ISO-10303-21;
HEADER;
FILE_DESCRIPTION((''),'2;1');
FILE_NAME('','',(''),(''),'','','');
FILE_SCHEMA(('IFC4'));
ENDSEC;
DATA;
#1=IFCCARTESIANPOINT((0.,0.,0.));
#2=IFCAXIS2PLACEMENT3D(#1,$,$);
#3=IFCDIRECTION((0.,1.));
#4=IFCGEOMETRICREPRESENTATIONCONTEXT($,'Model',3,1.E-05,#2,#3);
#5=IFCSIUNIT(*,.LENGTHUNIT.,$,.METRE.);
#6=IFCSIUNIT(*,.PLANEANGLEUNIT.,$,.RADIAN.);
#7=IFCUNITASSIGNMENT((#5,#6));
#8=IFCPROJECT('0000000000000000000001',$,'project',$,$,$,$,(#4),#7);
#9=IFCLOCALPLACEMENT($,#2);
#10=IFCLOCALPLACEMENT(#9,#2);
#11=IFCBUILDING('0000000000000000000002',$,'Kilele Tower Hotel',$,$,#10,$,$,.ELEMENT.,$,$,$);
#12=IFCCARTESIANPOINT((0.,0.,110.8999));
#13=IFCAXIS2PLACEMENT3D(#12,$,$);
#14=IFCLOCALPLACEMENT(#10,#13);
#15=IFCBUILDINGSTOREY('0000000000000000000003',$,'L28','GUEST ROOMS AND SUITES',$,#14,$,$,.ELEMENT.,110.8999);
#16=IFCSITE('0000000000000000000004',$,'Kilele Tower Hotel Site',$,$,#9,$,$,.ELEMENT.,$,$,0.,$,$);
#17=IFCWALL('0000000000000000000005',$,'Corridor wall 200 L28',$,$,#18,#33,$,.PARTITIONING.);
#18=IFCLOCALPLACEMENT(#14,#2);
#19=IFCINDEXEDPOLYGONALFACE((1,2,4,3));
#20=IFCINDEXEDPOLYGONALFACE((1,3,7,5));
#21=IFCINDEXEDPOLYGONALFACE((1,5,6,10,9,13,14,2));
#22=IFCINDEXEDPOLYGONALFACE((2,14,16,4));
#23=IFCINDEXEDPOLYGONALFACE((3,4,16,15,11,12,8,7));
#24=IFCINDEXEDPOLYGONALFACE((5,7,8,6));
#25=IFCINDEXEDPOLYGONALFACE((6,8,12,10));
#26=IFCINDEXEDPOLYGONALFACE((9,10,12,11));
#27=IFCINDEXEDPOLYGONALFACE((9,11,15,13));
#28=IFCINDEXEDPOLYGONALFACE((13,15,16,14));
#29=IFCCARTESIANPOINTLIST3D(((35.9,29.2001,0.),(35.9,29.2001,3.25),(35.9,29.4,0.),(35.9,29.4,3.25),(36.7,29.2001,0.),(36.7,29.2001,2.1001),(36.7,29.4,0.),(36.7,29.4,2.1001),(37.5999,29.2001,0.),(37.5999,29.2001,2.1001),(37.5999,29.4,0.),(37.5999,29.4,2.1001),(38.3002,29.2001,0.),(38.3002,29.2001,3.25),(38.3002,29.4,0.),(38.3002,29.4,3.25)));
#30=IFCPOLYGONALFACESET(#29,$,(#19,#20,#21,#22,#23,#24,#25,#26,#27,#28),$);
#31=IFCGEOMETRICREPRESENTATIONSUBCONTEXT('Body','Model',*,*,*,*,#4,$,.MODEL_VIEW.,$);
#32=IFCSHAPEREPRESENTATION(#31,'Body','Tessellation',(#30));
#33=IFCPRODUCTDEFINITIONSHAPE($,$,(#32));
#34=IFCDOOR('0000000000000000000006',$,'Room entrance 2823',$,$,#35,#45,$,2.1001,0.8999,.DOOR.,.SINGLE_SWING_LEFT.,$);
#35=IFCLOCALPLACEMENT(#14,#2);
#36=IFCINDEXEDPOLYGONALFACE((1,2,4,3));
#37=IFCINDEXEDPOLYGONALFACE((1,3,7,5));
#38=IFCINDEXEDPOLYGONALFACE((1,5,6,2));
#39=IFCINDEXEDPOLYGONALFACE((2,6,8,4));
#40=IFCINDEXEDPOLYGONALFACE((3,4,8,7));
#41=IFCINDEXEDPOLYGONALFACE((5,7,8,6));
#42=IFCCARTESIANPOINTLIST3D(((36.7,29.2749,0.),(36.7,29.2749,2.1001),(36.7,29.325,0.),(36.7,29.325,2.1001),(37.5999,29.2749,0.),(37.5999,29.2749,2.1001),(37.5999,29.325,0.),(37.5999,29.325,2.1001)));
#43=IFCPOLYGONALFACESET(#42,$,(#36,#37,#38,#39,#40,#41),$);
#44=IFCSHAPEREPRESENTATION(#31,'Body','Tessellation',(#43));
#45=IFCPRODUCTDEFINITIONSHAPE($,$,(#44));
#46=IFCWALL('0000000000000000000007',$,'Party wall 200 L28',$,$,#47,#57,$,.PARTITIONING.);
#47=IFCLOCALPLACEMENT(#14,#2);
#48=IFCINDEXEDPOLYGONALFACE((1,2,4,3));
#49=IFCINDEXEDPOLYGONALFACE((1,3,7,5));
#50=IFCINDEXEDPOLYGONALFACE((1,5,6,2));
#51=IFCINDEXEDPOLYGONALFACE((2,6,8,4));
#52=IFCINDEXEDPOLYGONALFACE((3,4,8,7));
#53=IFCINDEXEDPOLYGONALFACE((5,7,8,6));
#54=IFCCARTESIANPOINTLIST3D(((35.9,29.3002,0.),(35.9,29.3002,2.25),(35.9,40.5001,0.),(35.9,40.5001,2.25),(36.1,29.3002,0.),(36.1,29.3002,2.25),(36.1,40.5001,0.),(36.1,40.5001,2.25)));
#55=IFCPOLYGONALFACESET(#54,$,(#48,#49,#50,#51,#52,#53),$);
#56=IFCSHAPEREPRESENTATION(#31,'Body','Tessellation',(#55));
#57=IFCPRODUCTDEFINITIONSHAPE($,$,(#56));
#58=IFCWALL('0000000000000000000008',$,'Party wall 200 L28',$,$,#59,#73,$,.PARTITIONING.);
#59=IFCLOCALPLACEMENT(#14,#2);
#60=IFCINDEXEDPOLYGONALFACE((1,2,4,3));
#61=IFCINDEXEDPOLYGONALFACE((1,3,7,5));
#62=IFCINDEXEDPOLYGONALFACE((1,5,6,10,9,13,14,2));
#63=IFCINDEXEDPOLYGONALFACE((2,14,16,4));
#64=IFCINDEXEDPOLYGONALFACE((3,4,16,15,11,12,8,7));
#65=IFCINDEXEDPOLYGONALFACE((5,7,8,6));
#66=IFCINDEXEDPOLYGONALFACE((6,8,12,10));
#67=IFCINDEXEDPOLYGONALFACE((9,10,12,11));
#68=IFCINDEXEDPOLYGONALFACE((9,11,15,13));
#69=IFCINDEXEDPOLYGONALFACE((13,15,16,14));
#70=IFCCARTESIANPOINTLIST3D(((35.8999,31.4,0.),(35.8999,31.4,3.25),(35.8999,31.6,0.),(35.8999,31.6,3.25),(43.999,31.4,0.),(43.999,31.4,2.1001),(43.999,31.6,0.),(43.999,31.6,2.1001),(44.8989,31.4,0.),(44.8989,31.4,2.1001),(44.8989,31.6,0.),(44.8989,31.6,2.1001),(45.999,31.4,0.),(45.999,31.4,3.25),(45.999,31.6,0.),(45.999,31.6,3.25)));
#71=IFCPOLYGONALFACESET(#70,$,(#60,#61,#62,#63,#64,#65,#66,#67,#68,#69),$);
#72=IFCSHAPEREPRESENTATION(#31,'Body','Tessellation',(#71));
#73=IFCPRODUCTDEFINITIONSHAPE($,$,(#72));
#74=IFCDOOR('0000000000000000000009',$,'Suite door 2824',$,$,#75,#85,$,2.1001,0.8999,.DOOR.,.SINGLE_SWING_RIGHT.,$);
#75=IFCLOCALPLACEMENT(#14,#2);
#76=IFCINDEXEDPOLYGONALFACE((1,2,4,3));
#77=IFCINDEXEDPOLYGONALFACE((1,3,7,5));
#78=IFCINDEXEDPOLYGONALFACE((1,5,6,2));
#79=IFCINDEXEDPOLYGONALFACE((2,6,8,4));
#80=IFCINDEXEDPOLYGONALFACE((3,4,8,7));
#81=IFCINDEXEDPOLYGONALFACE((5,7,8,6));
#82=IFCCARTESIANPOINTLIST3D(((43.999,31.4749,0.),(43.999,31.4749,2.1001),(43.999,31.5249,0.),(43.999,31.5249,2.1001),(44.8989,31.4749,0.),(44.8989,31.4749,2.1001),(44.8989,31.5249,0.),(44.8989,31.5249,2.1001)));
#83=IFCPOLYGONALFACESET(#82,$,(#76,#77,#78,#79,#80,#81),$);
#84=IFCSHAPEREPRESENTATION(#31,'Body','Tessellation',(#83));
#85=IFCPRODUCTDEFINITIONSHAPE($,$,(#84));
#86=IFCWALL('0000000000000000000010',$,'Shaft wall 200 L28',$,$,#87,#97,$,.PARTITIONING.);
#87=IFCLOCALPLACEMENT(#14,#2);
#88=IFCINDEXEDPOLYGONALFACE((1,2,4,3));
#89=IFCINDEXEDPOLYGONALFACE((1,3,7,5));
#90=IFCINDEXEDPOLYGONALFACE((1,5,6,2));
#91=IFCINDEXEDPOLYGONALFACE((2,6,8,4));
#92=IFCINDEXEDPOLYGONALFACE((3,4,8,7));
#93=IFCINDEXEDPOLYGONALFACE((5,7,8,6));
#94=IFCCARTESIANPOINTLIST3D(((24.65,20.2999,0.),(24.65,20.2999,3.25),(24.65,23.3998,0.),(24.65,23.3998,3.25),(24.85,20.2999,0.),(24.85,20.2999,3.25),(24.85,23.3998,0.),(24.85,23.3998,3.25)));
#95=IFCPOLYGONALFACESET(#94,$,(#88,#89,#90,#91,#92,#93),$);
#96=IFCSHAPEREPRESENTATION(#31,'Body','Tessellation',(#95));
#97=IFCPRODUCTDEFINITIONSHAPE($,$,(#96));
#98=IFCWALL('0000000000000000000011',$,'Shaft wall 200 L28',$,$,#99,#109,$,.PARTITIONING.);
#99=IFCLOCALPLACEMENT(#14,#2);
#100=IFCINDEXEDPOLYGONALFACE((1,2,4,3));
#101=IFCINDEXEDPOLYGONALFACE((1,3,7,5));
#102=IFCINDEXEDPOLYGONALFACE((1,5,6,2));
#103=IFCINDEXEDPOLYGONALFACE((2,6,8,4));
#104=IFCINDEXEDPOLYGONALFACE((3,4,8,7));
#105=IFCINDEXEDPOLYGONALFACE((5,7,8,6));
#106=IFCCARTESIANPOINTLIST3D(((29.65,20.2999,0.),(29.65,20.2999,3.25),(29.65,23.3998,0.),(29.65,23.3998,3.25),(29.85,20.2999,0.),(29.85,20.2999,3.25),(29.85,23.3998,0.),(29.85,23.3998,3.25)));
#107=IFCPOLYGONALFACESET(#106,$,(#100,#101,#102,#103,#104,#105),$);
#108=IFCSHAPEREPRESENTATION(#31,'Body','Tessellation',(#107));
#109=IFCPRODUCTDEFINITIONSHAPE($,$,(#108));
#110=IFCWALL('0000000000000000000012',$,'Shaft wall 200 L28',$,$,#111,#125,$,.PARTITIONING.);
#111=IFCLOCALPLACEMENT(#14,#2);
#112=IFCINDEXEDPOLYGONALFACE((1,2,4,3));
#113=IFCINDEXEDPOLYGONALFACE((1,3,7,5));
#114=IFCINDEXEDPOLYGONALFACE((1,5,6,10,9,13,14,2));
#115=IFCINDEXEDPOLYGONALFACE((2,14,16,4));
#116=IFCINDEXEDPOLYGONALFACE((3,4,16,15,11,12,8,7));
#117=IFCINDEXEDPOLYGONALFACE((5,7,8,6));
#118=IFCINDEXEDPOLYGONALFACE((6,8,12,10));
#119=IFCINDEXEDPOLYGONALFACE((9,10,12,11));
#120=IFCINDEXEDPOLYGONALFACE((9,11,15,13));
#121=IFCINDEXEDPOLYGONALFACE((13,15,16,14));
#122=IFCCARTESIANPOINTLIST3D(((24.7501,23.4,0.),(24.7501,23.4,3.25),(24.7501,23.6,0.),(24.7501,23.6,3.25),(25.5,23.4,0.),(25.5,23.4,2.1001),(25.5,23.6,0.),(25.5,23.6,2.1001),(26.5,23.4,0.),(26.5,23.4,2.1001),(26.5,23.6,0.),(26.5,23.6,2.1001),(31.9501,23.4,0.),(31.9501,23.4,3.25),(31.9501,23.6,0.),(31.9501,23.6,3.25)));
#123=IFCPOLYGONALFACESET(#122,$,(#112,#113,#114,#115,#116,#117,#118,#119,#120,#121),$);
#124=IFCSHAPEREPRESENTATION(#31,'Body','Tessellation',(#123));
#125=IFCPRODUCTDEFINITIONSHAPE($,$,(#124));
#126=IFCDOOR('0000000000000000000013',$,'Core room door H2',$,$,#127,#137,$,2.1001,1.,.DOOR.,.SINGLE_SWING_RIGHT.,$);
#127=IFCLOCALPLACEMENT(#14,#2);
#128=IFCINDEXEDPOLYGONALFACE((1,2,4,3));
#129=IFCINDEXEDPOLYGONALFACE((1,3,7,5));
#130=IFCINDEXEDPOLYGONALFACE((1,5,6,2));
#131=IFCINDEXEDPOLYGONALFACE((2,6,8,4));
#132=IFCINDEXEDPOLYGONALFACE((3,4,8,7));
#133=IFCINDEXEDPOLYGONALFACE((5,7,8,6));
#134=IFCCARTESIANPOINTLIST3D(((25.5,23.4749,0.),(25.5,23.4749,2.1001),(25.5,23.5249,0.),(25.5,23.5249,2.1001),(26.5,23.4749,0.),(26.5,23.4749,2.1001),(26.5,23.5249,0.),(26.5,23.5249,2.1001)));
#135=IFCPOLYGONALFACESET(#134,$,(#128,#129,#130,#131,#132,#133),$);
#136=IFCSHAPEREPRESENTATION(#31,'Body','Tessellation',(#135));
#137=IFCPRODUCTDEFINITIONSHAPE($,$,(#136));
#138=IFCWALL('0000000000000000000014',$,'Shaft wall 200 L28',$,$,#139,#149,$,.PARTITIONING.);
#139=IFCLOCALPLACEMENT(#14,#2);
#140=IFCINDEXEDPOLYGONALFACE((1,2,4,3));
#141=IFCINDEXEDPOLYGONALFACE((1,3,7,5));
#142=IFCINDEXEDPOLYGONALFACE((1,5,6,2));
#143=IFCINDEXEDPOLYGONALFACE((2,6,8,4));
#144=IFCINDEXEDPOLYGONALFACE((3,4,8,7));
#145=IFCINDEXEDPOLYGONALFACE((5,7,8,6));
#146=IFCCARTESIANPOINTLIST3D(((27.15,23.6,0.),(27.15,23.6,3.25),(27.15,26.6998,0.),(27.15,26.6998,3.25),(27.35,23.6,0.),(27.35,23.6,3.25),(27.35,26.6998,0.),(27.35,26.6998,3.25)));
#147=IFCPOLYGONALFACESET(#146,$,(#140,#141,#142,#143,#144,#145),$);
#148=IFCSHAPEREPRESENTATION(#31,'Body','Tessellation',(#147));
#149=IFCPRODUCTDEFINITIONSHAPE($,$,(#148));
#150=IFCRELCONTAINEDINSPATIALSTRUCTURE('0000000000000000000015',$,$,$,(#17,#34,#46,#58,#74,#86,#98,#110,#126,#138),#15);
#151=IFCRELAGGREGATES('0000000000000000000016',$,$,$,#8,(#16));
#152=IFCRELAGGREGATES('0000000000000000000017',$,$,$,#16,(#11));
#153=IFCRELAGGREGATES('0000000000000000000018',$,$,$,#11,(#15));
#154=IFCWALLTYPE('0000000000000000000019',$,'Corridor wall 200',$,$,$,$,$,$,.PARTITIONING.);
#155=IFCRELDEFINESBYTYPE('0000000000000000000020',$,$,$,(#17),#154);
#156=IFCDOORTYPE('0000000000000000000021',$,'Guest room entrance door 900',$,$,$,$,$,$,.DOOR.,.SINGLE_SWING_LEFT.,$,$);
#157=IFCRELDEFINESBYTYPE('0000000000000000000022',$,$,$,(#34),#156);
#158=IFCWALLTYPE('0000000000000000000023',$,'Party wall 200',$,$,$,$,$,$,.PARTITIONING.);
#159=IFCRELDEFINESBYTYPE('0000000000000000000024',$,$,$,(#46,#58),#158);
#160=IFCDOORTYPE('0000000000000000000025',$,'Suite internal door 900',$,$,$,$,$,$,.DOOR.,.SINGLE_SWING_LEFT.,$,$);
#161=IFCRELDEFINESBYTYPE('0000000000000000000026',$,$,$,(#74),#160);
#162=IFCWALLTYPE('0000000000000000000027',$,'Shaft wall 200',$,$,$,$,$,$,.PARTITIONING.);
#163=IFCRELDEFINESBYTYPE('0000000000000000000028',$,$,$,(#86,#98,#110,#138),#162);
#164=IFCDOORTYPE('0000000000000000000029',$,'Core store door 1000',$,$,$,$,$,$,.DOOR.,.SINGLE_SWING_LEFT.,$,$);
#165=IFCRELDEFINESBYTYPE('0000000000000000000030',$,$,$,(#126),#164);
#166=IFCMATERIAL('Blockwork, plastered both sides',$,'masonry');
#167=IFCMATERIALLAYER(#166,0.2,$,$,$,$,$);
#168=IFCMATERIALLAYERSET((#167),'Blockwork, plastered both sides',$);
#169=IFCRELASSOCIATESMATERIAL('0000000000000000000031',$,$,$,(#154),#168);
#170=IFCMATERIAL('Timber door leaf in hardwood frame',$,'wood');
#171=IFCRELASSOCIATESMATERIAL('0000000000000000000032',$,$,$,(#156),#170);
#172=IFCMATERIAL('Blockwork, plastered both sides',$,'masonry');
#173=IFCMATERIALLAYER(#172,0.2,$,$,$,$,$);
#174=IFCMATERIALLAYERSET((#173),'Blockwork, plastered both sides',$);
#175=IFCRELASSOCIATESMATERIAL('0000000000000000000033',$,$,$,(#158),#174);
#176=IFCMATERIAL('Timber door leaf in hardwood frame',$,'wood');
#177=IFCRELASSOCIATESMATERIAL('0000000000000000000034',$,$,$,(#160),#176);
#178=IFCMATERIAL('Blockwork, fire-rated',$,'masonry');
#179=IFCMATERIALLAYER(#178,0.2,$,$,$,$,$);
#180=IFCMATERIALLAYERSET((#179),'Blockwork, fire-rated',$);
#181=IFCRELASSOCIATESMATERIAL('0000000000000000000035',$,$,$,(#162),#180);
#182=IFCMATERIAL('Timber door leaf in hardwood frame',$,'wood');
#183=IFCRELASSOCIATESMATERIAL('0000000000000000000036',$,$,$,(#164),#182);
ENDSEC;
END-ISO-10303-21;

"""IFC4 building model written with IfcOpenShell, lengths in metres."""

from ifc_helpers import new_model, si_unit, direction, frame, frame_2d, origin, place, context, subcontext, project, spatial, rectangle, extrude, material, layer, layer_set, type_object, element, fill, save


model = new_model("IFC4")

# Units and contexts
model_context = context("Model", 3, precision=1e-05, world=origin(), true_north=direction((0.0, 1.0)))
body_context = subcontext(model_context, "Body", "Model", "MODEL_VIEW")
ifc_project = project(units=[si_unit("LENGTHUNIT", "METRE"), si_unit("PLANEANGLEUNIT", "RADIAN")], contexts=[model_context])

# Site, building, storey
site_placement = place(None, origin())
site = spatial("IfcSite", under=ifc_project, at=site_placement, Name="Kilele Tower Hotel Site", CompositionType="ELEMENT", RefElevation=0.0)
building_placement = place(site_placement, origin())
building = spatial("IfcBuilding", under=site, at=building_placement, Name="Kilele Tower Hotel", CompositionType="ELEMENT")
storey_placement = place(building_placement, frame((0.0, 0.0, 110.8999)))
storey = spatial("IfcBuildingStorey", under=building, at=storey_placement, Name="L28", Description="GUEST ROOMS AND SUITES", CompositionType="ELEMENT", Elevation=110.8999)

# Wall, opening, door
ifc_material_1 = material(Name="Blockwork, plastered both sides", Category="masonry")
ifc_layer_1 = layer(ifc_material_1, 0.2)
ifc_layer_set_1 = layer_set([ifc_layer_1], Name="Blockwork, plastered both sides")
wall_type_1 = type_object("IfcWallType", Name="Corridor wall 200", PredefinedType="PARTITIONING", material=ifc_layer_set_1)
wall_1_placement = place(storey_placement, frame((35.8999, 29.3, 0.0), z_axis=(0.0, 0.0, 1.0), x_axis=(1.0, 0.0, 0.0)))
wall_1 = element("IfcWall", 1, at=wall_1_placement, inside=storey, type_object=wall_type_1, Name="Corridor wall 200 L28", PredefinedType="PARTITIONING", context=body_context, shape_type="SweptSolid", body=[
    extrude(rectangle(XDim=2.4001, YDim=0.2, at=frame_2d((1.2002, 0.0))), origin(), (0.0, 0.0, 1.0), 3.25),
])
opening_1_placement = place(wall_1_placement, frame((0.8, 0.0, 0.0)))
opening_1 = element("IfcOpeningElement", 2, at=opening_1_placement, cuts=wall_1, PredefinedType="OPENING", context=body_context, shape_type="SweptSolid", body=[
    extrude(rectangle(XDim=0.8999, YDim=2.1001, at=frame_2d((0.45, 1.05))), frame((0.0, 0.1099, 0.0), z_axis=(0.0, -1.0, 0.0), x_axis=(1.0, 0.0, 0.0)), (0.0, 0.0, 1.0), 0.22),
])
ifc_material_2 = material(Name="Timber door leaf in hardwood frame", Category="wood")
door_type_1 = type_object("IfcDoorType", Name="Guest room entrance door 900", OperationType="SINGLE_SWING_LEFT", PredefinedType="DOOR", material=ifc_material_2)
door_1_placement = place(opening_1_placement, origin())
door_1 = element("IfcDoor", 3, at=door_1_placement, inside=storey, type_object=door_type_1, Name="Room entrance 2823", OperationType="SINGLE_SWING_LEFT", OverallHeight=2.1001, OverallWidth=0.8999, PredefinedType="DOOR", context=body_context, shape_type="SweptSolid", body=[
    extrude(rectangle(XDim=0.8999, YDim=2.1001, at=frame_2d((0.45, 1.05))), frame((0.0, 0.0249, 0.0), z_axis=(0.0, -1.0, 0.0), x_axis=(1.0, 0.0, 0.0)), (0.0, 0.0, 1.0), 0.05),
])
fill(opening_1, door_1)

# Wall
ifc_material_3 = material(Name="Blockwork, plastered both sides", Category="masonry")
ifc_layer_2 = layer(ifc_material_3, 0.2)
ifc_layer_set_2 = layer_set([ifc_layer_2], Name="Blockwork, plastered both sides")
wall_type_2 = type_object("IfcWallType", Name="Party wall 200", PredefinedType="PARTITIONING", material=ifc_layer_set_2)
wall_2_placement = place(storey_placement, frame((36.0, 29.3, 0.0), z_axis=(0.0, 0.0, 1.0), x_axis=(0.0, 1.0, 0.0)))
element("IfcWall", 4, at=wall_2_placement, inside=storey, type_object=wall_type_2, Name="Party wall 200 L28", PredefinedType="PARTITIONING", context=body_context, shape_type="SweptSolid", body=[
    extrude(rectangle(XDim=11.2, YDim=0.2, at=frame_2d((5.6001, 0.0))), origin(), (0.0, 0.0, 1.0), 2.25),
])

# Wall, opening, door
wall_3_placement = place(storey_placement, frame((35.8999, 31.5, 0.0), z_axis=(0.0, 0.0, 1.0), x_axis=(1.0, 0.0, 0.0)))
wall_3 = element("IfcWall", 5, at=wall_3_placement, inside=storey, type_object=wall_type_2, Name="Party wall 200 L28", PredefinedType="PARTITIONING", context=body_context, shape_type="SweptSolid", body=[
    extrude(rectangle(XDim=10.0991, YDim=0.2, at=frame_2d((5.0496, 0.0))), origin(), (0.0, 0.0, 1.0), 3.25),
])
opening_2_placement = place(wall_3_placement, frame((8.0991, 0.0, 0.0)))
opening_2 = element("IfcOpeningElement", 6, at=opening_2_placement, cuts=wall_3, PredefinedType="OPENING", context=body_context, shape_type="SweptSolid", body=[
    extrude(rectangle(XDim=0.8999, YDim=2.1001, at=frame_2d((0.45, 1.05))), frame((0.0, 0.1099, 0.0), z_axis=(0.0, -1.0, 0.0), x_axis=(1.0, 0.0, 0.0)), (0.0, 0.0, 1.0), 0.22),
])
ifc_material_4 = material(Name="Timber door leaf in hardwood frame", Category="wood")
door_type_2 = type_object("IfcDoorType", Name="Suite internal door 900", OperationType="SINGLE_SWING_LEFT", PredefinedType="DOOR", material=ifc_material_4)
door_2_placement = place(opening_2_placement, origin())
door_2 = element("IfcDoor", 7, at=door_2_placement, inside=storey, type_object=door_type_2, Name="Suite door 2824", OperationType="SINGLE_SWING_RIGHT", OverallHeight=2.1001, OverallWidth=0.8999, PredefinedType="DOOR", context=body_context, shape_type="SweptSolid", body=[
    extrude(rectangle(XDim=0.8999, YDim=2.1001, at=frame_2d((0.45, 1.05))), frame((0.0, 0.0249, 0.0), z_axis=(0.0, -1.0, 0.0), x_axis=(1.0, 0.0, 0.0)), (0.0, 0.0, 1.0), 0.05),
])
fill(opening_2, door_2)

# Walls
ifc_material_5 = material(Name="Blockwork, fire-rated", Category="masonry")
ifc_layer_3 = layer(ifc_material_5, 0.2)
ifc_layer_set_3 = layer_set([ifc_layer_3], Name="Blockwork, fire-rated")
wall_type_3 = type_object("IfcWallType", Name="Shaft wall 200", PredefinedType="PARTITIONING", material=ifc_layer_set_3)
for number, where, z_axis, x_axis, name in (
    (8, (24.75, 20.3, 0.0), (0.0, 0.0, 1.0), (0.0, 1.0, 0.0), "Shaft wall 200 L28"),
    (9, (29.75, 20.3, 0.0), (0.0, 0.0, 1.0), (0.0, 1.0, 0.0), "Shaft wall 200 L28"),
):
    element("IfcWall", number, at=place(storey_placement, frame(where, z_axis=z_axis, x_axis=x_axis)), inside=storey, type_object=wall_type_3, Name=name, PredefinedType="PARTITIONING", context=body_context, shape_type="SweptSolid", body=[
        extrude(rectangle(XDim=3.0999, YDim=0.2, at=frame_2d((1.5498, 0.0))), origin(), (0.0, 0.0, 1.0), 3.25),
    ])

# Wall, opening, door
wall_4_placement = place(storey_placement, frame((24.75, 23.5, 0.0), z_axis=(0.0, 0.0, 1.0), x_axis=(1.0, 0.0, 0.0)))
wall_4 = element("IfcWall", 10, at=wall_4_placement, inside=storey, type_object=wall_type_3, Name="Shaft wall 200 L28", PredefinedType="PARTITIONING", context=body_context, shape_type="SweptSolid", body=[
    extrude(rectangle(XDim=7.2, YDim=0.2, at=frame_2d((3.6001, 0.0))), origin(), (0.0, 0.0, 1.0), 3.25),
])
opening_3_placement = place(wall_4_placement, frame((0.75, 0.0, 0.0)))
opening_3 = element("IfcOpeningElement", 11, at=opening_3_placement, cuts=wall_4, PredefinedType="OPENING", context=body_context, shape_type="SweptSolid", body=[
    extrude(rectangle(XDim=1.0, YDim=2.1001, at=frame_2d((0.5, 1.05))), frame((0.0, 0.1099, 0.0), z_axis=(0.0, -1.0, 0.0), x_axis=(1.0, 0.0, 0.0)), (0.0, 0.0, 1.0), 0.22),
])
ifc_material_6 = material(Name="Timber door leaf in hardwood frame", Category="wood")
door_type_3 = type_object("IfcDoorType", Name="Core store door 1000", OperationType="SINGLE_SWING_LEFT", PredefinedType="DOOR", material=ifc_material_6)
door_3_placement = place(opening_3_placement, origin())
door_3 = element("IfcDoor", 12, at=door_3_placement, inside=storey, type_object=door_type_3, Name="Core room door H2", OperationType="SINGLE_SWING_RIGHT", OverallHeight=2.1001, OverallWidth=1.0, PredefinedType="DOOR", context=body_context, shape_type="SweptSolid", body=[
    extrude(rectangle(XDim=1.0, YDim=2.1001, at=frame_2d((0.5, 1.05))), frame((0.0, 0.0249, 0.0), z_axis=(0.0, -1.0, 0.0), x_axis=(1.0, 0.0, 0.0)), (0.0, 0.0, 1.0), 0.05),
])
fill(opening_3, door_3)

# Wall
wall_5_placement = place(storey_placement, frame((27.25, 23.6001, 0.0), z_axis=(0.0, 0.0, 1.0), x_axis=(0.0, 1.0, 0.0)))
element("IfcWall", 13, at=wall_5_placement, inside=storey, type_object=wall_type_3, Name="Shaft wall 200 L28", PredefinedType="PARTITIONING", context=body_context, shape_type="SweptSolid", body=[
    extrude(rectangle(XDim=3.0999, YDim=0.2, at=frame_2d((1.5498, 0.0))), origin(), (0.0, 0.0, 1.0), 3.25),
])

save(model, "model.ifc")
